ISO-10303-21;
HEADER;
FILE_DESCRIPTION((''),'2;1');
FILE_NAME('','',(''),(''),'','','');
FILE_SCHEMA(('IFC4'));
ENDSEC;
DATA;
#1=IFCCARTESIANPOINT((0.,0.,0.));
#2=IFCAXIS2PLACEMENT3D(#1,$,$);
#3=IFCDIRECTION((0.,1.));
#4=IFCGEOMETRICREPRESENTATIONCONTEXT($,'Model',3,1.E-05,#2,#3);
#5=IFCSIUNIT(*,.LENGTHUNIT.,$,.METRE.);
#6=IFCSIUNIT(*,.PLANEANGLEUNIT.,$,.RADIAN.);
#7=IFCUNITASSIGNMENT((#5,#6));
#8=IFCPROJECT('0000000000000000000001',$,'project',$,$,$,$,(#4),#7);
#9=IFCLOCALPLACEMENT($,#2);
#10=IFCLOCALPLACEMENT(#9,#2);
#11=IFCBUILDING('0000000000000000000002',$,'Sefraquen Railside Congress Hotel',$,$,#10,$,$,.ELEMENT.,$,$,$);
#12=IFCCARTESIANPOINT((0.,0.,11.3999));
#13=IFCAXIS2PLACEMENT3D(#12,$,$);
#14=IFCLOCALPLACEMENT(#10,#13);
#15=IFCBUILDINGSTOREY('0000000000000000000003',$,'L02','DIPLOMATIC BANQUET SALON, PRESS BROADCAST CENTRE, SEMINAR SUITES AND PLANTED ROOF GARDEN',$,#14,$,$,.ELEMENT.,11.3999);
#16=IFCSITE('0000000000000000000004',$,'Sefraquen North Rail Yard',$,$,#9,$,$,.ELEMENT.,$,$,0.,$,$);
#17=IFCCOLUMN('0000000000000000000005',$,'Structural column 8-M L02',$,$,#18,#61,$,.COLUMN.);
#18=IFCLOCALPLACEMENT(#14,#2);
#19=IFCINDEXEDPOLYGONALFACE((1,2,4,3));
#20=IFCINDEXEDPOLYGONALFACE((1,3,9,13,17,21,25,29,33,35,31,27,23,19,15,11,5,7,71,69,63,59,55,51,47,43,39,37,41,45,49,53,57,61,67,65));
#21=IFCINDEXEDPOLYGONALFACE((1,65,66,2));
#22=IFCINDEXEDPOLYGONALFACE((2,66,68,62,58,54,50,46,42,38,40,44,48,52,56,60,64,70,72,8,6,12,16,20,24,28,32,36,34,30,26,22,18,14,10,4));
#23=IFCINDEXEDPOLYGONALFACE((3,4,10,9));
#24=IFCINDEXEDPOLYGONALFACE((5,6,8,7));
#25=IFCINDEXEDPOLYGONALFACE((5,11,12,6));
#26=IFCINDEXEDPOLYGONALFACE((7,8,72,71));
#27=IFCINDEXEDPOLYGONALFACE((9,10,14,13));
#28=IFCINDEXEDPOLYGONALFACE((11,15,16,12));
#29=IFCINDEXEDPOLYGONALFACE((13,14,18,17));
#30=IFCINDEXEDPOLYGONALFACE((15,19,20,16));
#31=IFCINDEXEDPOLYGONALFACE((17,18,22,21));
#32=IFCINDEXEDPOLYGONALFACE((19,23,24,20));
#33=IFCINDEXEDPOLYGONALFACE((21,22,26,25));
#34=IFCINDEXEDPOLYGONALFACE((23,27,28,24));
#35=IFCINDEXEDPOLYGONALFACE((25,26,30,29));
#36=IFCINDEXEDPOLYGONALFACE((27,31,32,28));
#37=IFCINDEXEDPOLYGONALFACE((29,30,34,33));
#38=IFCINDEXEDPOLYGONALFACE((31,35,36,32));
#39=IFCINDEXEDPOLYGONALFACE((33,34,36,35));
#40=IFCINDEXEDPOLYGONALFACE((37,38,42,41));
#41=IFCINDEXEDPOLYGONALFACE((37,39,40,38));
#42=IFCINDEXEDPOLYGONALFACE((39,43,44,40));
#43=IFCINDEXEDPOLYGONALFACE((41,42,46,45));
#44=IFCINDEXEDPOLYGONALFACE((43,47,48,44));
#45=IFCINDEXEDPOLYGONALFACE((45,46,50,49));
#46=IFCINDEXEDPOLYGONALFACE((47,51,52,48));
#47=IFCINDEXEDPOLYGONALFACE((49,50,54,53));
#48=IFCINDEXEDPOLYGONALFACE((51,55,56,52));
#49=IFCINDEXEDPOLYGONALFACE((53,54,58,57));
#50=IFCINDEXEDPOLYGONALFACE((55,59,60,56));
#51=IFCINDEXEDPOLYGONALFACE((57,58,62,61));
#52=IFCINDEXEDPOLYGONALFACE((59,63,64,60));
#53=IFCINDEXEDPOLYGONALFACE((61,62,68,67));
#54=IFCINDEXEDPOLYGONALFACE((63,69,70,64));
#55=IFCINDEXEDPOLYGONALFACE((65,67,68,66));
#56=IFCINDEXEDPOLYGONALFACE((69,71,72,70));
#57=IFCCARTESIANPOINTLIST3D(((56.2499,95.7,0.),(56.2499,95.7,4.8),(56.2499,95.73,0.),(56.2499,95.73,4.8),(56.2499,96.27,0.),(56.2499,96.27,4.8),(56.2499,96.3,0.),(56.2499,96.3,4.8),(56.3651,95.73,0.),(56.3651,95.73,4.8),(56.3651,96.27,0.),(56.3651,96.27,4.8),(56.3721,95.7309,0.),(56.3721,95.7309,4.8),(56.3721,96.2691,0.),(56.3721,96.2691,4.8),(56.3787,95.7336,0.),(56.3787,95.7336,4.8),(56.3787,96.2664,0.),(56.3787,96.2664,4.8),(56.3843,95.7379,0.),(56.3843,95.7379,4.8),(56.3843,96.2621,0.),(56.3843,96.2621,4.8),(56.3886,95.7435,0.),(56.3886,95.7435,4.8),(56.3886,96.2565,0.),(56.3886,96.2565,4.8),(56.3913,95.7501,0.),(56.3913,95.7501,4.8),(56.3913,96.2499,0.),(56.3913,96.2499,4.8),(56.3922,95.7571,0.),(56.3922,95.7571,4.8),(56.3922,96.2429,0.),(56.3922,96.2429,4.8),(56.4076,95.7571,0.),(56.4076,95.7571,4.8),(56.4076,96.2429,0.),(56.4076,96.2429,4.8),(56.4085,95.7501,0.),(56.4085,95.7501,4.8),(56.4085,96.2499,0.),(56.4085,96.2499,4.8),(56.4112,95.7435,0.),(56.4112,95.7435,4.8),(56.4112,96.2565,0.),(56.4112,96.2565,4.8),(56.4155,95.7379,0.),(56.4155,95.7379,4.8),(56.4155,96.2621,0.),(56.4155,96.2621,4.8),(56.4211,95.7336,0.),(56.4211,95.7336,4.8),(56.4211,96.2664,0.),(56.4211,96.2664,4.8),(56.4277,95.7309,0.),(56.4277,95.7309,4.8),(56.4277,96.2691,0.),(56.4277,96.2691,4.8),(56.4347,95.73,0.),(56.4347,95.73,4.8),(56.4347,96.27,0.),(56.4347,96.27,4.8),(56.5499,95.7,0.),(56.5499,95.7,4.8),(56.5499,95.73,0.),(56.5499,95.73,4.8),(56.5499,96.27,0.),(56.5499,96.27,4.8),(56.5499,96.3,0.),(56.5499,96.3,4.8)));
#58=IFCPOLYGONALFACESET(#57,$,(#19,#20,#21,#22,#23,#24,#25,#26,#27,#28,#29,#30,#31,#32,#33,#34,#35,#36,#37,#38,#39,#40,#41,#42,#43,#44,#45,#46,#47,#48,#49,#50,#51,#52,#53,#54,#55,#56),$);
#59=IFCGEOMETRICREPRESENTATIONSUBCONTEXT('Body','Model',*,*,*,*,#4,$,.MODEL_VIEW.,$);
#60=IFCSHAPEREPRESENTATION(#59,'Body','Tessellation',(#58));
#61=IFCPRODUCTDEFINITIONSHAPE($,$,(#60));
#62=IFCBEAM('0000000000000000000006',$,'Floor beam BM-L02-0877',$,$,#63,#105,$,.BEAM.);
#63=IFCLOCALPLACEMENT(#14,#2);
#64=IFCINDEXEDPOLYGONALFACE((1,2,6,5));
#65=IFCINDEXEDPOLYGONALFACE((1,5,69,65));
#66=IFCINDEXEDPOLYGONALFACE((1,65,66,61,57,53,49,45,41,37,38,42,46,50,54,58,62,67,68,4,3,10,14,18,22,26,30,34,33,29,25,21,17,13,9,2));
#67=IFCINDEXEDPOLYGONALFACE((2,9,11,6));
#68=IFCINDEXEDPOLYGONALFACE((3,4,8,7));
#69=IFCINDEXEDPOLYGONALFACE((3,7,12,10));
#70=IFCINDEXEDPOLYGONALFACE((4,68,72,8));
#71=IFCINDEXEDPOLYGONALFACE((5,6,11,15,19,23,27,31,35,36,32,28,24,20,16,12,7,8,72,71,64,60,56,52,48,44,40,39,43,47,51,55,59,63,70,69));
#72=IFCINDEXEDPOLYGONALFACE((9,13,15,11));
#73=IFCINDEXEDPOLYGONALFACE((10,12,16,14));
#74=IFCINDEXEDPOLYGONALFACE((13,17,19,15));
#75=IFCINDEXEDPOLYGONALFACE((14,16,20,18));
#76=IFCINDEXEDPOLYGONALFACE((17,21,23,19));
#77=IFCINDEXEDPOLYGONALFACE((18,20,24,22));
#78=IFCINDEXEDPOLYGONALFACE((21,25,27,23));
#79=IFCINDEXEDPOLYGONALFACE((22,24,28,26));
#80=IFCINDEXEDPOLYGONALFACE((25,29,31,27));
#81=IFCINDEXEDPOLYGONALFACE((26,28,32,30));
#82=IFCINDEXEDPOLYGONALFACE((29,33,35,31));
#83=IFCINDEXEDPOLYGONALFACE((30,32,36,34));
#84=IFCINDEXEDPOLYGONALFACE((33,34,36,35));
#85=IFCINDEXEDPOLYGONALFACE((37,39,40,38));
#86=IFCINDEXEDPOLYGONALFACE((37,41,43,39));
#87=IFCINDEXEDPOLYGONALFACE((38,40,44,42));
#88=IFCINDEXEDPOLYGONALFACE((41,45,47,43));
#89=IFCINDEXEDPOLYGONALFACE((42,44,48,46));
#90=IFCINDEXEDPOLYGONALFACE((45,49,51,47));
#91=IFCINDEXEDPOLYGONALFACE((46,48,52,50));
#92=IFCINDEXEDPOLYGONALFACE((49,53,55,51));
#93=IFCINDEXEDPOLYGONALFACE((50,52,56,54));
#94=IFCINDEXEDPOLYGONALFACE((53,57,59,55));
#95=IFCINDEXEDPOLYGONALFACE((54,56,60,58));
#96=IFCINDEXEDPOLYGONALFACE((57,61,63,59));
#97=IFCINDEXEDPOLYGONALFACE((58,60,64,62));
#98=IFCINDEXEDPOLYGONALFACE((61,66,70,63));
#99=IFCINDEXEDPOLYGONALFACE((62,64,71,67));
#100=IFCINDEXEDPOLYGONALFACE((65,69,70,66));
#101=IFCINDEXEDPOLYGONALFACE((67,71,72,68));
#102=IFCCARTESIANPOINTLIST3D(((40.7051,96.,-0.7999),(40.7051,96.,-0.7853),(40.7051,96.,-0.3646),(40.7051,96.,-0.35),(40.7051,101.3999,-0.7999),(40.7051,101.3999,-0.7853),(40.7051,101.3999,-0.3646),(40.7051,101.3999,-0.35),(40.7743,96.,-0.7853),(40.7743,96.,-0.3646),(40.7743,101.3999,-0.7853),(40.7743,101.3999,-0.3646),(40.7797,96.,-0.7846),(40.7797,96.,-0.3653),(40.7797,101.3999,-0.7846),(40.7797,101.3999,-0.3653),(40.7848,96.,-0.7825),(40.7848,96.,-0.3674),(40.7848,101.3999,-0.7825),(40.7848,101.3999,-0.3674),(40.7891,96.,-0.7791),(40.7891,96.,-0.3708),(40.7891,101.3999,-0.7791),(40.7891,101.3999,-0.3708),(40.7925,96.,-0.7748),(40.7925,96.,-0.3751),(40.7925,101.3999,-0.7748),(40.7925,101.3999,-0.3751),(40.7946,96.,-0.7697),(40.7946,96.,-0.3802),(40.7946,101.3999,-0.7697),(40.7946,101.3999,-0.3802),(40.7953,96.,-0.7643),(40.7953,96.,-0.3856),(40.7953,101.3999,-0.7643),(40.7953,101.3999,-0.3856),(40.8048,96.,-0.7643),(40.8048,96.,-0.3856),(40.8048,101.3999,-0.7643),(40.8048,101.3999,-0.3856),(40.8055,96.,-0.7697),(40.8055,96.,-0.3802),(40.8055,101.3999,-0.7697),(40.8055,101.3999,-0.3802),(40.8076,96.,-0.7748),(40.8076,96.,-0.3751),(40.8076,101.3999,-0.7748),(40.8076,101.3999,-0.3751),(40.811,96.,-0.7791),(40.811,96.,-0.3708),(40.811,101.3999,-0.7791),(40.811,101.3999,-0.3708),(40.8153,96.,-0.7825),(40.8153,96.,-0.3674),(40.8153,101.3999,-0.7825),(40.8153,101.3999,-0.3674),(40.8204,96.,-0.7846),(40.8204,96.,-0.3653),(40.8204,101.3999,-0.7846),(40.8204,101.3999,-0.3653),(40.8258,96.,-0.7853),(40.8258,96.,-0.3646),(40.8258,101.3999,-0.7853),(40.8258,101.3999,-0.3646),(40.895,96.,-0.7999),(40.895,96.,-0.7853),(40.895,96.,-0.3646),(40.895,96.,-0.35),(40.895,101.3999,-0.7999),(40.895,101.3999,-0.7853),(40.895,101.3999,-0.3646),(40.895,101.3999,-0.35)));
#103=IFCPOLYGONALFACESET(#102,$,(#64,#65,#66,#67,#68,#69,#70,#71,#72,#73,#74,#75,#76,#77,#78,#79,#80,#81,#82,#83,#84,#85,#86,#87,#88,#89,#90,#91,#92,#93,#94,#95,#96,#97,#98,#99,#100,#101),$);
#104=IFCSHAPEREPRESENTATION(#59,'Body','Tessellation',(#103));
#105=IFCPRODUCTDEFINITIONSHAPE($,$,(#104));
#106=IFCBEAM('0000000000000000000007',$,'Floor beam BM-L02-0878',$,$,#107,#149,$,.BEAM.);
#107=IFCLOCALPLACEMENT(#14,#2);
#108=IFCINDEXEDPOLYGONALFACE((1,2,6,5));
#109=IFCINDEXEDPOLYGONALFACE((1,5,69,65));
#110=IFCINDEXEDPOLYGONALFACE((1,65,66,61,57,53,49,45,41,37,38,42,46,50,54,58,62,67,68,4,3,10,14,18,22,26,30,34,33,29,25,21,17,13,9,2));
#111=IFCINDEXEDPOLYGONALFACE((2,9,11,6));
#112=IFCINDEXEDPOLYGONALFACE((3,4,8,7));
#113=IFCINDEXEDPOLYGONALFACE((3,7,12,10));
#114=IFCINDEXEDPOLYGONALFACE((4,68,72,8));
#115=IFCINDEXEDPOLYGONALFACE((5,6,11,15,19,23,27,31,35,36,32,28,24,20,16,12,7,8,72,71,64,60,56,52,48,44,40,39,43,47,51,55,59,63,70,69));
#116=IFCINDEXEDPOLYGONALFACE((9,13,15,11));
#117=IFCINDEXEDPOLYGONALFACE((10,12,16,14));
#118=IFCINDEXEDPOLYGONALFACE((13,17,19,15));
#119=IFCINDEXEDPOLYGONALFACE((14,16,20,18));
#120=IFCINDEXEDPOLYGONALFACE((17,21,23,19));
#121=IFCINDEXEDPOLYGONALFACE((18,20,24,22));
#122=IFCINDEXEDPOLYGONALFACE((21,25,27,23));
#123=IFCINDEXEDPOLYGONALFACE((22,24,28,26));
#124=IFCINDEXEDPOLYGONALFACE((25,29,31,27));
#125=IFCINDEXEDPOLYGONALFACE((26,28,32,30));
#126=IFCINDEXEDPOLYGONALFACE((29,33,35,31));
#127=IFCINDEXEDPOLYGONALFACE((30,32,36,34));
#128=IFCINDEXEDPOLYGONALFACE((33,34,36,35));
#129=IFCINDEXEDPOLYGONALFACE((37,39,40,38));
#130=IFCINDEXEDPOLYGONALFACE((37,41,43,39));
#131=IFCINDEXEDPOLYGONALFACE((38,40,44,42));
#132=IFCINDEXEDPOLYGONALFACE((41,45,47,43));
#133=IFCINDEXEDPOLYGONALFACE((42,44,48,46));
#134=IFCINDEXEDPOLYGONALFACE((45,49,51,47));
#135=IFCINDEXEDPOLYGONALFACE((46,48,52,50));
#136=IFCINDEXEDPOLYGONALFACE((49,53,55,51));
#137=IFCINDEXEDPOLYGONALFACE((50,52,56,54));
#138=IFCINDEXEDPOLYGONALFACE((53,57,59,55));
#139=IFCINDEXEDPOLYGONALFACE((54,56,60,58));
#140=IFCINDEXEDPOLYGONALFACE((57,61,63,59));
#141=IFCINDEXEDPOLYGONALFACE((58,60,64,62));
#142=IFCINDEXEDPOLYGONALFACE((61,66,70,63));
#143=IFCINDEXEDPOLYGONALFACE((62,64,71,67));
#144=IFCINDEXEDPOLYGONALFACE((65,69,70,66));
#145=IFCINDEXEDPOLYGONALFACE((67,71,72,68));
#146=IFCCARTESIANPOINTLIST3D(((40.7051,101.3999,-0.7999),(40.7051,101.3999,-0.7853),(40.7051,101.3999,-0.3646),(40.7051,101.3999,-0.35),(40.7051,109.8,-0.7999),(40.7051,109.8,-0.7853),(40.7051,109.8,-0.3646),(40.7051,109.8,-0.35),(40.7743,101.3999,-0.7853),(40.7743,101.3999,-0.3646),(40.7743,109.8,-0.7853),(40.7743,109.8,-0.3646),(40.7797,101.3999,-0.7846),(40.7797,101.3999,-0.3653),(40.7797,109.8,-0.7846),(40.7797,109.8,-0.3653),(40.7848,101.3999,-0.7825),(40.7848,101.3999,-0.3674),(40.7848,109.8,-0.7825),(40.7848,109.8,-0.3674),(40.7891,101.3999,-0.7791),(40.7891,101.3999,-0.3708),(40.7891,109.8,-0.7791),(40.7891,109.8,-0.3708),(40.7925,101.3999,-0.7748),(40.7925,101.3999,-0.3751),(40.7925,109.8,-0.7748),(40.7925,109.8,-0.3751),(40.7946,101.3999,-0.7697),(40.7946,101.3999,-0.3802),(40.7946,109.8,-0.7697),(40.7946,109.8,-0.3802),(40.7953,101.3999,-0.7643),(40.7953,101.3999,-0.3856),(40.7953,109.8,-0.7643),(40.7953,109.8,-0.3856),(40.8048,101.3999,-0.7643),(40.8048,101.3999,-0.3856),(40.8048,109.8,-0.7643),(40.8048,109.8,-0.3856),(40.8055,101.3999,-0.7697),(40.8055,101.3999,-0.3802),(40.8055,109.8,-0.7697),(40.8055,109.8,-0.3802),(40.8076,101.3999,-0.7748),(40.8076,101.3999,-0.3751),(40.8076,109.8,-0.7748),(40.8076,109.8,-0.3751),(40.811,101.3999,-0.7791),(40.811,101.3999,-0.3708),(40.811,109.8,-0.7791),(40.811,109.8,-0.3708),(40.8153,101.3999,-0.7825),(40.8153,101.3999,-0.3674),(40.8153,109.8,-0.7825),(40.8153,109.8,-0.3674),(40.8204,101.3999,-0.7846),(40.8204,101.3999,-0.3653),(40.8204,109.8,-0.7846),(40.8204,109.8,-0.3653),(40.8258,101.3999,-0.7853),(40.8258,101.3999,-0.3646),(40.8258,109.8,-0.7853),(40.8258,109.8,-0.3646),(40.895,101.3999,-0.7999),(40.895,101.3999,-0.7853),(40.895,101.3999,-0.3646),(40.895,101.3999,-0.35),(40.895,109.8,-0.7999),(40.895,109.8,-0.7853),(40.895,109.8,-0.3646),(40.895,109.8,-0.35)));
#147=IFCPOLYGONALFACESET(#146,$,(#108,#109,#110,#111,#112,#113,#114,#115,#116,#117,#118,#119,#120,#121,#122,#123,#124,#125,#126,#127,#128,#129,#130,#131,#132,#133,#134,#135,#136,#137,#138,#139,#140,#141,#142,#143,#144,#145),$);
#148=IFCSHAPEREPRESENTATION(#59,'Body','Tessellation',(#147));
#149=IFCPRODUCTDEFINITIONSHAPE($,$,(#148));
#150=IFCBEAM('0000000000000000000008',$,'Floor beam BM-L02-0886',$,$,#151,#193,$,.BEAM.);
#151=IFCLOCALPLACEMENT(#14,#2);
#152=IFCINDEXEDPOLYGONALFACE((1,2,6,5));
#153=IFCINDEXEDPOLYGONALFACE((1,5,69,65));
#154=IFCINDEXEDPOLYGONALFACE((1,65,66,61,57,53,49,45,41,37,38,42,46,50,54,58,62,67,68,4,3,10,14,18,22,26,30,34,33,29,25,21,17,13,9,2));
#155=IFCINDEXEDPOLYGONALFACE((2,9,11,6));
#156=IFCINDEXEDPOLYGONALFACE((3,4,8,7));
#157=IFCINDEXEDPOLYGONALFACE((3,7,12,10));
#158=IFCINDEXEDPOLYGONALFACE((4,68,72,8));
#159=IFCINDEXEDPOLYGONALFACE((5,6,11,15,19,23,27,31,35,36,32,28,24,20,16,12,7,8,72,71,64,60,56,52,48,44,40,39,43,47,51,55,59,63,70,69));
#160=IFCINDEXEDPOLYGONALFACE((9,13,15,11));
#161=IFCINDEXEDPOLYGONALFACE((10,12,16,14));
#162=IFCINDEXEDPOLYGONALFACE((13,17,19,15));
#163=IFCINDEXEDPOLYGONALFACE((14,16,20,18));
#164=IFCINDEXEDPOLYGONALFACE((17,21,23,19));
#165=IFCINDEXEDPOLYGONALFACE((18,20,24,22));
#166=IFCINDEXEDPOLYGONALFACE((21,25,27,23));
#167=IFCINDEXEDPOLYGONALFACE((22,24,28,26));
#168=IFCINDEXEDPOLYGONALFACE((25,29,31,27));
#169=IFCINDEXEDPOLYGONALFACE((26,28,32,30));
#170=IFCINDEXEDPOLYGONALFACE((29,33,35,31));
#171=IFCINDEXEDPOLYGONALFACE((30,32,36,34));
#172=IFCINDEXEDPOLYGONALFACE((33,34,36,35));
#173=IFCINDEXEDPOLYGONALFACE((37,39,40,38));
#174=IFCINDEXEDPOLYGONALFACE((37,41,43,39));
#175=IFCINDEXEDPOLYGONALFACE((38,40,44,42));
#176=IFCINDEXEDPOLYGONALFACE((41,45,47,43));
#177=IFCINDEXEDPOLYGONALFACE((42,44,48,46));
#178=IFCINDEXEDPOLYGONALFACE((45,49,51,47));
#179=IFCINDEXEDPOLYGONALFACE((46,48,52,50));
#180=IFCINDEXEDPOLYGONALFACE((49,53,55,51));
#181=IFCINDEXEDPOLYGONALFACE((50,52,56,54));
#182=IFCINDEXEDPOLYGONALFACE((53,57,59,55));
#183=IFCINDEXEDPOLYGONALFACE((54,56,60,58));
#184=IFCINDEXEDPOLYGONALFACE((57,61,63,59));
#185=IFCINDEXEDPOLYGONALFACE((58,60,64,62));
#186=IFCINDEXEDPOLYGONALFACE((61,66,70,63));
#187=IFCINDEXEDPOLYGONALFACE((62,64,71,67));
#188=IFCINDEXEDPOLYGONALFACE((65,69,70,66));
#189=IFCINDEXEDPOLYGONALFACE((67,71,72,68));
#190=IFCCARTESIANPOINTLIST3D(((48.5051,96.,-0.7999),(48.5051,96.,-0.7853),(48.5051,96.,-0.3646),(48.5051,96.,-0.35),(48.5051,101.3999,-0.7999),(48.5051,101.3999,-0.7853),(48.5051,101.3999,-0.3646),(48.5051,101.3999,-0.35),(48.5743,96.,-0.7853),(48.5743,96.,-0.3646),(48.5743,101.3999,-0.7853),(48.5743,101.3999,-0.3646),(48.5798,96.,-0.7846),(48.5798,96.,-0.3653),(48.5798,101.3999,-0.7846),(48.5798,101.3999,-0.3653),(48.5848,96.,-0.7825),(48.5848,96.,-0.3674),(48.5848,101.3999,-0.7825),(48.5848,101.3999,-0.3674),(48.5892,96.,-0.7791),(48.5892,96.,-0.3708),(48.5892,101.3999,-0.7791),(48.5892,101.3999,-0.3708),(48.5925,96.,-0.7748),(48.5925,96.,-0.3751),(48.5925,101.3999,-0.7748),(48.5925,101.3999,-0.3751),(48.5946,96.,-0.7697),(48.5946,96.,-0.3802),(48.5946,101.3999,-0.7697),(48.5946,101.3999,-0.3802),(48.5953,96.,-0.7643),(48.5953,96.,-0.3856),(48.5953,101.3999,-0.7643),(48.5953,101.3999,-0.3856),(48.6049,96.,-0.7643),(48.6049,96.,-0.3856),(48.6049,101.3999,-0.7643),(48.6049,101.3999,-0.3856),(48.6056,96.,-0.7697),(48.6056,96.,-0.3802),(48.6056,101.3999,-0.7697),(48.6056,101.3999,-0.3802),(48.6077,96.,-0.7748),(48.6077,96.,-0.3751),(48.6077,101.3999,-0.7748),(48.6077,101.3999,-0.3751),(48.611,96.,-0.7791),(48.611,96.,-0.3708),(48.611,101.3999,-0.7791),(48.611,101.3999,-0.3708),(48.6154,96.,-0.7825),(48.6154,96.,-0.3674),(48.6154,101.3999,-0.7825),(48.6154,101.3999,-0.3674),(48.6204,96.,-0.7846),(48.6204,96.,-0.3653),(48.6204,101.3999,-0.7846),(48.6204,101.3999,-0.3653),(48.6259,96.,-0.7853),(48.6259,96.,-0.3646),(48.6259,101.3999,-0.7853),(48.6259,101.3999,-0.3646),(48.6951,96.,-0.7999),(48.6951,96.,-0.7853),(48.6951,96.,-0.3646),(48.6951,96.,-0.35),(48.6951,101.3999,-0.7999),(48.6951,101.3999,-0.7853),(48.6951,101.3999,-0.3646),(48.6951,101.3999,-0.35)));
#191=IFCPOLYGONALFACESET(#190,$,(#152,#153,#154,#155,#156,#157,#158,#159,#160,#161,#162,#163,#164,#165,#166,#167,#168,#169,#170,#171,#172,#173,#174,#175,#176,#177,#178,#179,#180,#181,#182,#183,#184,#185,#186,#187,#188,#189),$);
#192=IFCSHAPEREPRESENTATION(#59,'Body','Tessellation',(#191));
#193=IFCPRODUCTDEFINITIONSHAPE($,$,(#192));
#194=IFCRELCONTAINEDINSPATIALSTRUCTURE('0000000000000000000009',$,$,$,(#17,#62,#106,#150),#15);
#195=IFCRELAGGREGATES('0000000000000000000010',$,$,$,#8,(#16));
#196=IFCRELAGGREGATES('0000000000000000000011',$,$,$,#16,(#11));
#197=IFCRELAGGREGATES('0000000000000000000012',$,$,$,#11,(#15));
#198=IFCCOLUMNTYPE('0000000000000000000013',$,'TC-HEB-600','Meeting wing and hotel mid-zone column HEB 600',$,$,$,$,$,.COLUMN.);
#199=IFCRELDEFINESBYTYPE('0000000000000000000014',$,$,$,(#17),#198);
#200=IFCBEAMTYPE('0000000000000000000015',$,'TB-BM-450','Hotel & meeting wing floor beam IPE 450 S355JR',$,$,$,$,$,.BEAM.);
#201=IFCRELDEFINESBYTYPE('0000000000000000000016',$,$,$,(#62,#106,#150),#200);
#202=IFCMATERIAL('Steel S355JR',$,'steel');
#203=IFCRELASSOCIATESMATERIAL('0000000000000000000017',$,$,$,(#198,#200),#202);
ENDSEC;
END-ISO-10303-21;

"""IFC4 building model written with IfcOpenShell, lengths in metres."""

from ifc_helpers import new_model, si_unit, direction, frame, origin, origin_2d, place, context, subcontext, project, spatial, i_section, extrude, material, material_profile, profile_set, type_object, element, save


model = new_model("IFC4")

# Units and contexts
model_context = context("Model", 3, precision=1e-05, world=origin(), true_north=direction((0.0, 1.0)))
body_context = subcontext(model_context, "Body", "Model", "MODEL_VIEW")
ifc_project = project(units=[si_unit("LENGTHUNIT", "METRE"), si_unit("PLANEANGLEUNIT", "RADIAN")], contexts=[model_context])

# Site, building, storey
site_placement = place(None, origin())
site = spatial("IfcSite", under=ifc_project, at=site_placement, Name="Sefraquen North Rail Yard", CompositionType="ELEMENT", RefElevation=0.0)
building_placement = place(site_placement, origin())
building = spatial("IfcBuilding", under=site, at=building_placement, Name="Sefraquen Railside Congress Hotel", CompositionType="ELEMENT")
storey_placement = place(building_placement, frame((0.0, 0.0, 11.3999)))
storey = spatial("IfcBuildingStorey", under=building, at=storey_placement, Name="L02", Description="DIPLOMATIC BANQUET SALON, PRESS BROADCAST CENTRE, SEMINAR SUITES AND PLANTED ROOF GARDEN", CompositionType="ELEMENT", Elevation=11.3999)

# Column
ifc_material_1 = material(Name="Steel S355JR", Category="steel")
ifc_material_profile_1 = material_profile(ifc_material_1, i_section(OverallWidth=0.3, OverallDepth=0.6001, WebThickness=0.0154, FlangeThickness=0.03, FilletRadius=0.0271, at=origin_2d()), Name="HEB 600")
ifc_profile_set_1 = profile_set([ifc_material_profile_1], Name="Steel S355JR")
column_type_1 = type_object("IfcColumnType", Name="TC-HEB-600", Description="Meeting wing and hotel mid-zone column HEB 600", PredefinedType="COLUMN", material=ifc_profile_set_1)
for number, where, z_axis, x_axis, name in (
    (1, (56.3999, 96.0, 0.0), (0.0, 0.0, 1.0), (1.0, 0.0, 0.0), "Structural column 8-M L02"),
):
    element("IfcColumn", number, at=place(storey_placement, frame(where, z_axis=z_axis, x_axis=x_axis)), inside=storey, type_object=column_type_1, Name=name, PredefinedType="COLUMN", context=body_context, shape_type="SweptSolid", body=[
        extrude(i_section(OverallWidth=0.3, OverallDepth=0.6001, WebThickness=0.0154, FlangeThickness=0.03, FilletRadius=0.0271, at=origin_2d()), origin(), (0.0, 0.0, 1.0), 4.8),
    ])

# Beams
ifc_material_profile_2 = material_profile(ifc_material_1, i_section(OverallWidth=0.1899, OverallDepth=0.45, WebThickness=0.0095, FlangeThickness=0.0146, FilletRadius=0.021, at=origin_2d()), Name="IPE 450")
ifc_profile_set_2 = profile_set([ifc_material_profile_2], Name="Steel S355JR")
beam_type_1 = type_object("IfcBeamType", Name="TB-BM-450", Description="Hotel & meeting wing floor beam IPE 450 S355JR", PredefinedType="BEAM", material=ifc_profile_set_2)
beam_1_placement = place(storey_placement, frame((40.8, 96.0, -0.575), z_axis=(0.0, 1.0, 0.0), x_axis=(-1.0, 0.0, 0.0)))
element("IfcBeam", 2, at=beam_1_placement, inside=storey, type_object=beam_type_1, Name="Floor beam BM-L02-0877", PredefinedType="BEAM", context=body_context, shape_type="SweptSolid", body=[
    extrude(i_section(OverallWidth=0.1899, OverallDepth=0.45, WebThickness=0.0095, FlangeThickness=0.0146, FilletRadius=0.021, at=origin_2d()), origin(), (0.0, 0.0, 1.0), 5.3999),
])
beam_2_placement = place(storey_placement, frame((40.8, 101.3999, -0.575), z_axis=(0.0, 1.0, 0.0), x_axis=(-1.0, 0.0, 0.0)))
element("IfcBeam", 3, at=beam_2_placement, inside=storey, type_object=beam_type_1, Name="Floor beam BM-L02-0878", PredefinedType="BEAM", context=body_context, shape_type="SweptSolid", body=[
    extrude(i_section(OverallWidth=0.1899, OverallDepth=0.45, WebThickness=0.0095, FlangeThickness=0.0146, FilletRadius=0.021, at=origin_2d()), origin(), (0.0, 0.0, 1.0), 8.4001),
])
beam_3_placement = place(storey_placement, frame((48.6001, 96.0, -0.575), z_axis=(0.0, 1.0, 0.0), x_axis=(-1.0, 0.0, 0.0)))
element("IfcBeam", 4, at=beam_3_placement, inside=storey, type_object=beam_type_1, Name="Floor beam BM-L02-0886", PredefinedType="BEAM", context=body_context, shape_type="SweptSolid", body=[
    extrude(i_section(OverallWidth=0.1899, OverallDepth=0.45, WebThickness=0.0095, FlangeThickness=0.0146, FilletRadius=0.021, at=origin_2d()), origin(), (0.0, 0.0, 1.0), 5.3999),
])

save(model, "model.ifc")
